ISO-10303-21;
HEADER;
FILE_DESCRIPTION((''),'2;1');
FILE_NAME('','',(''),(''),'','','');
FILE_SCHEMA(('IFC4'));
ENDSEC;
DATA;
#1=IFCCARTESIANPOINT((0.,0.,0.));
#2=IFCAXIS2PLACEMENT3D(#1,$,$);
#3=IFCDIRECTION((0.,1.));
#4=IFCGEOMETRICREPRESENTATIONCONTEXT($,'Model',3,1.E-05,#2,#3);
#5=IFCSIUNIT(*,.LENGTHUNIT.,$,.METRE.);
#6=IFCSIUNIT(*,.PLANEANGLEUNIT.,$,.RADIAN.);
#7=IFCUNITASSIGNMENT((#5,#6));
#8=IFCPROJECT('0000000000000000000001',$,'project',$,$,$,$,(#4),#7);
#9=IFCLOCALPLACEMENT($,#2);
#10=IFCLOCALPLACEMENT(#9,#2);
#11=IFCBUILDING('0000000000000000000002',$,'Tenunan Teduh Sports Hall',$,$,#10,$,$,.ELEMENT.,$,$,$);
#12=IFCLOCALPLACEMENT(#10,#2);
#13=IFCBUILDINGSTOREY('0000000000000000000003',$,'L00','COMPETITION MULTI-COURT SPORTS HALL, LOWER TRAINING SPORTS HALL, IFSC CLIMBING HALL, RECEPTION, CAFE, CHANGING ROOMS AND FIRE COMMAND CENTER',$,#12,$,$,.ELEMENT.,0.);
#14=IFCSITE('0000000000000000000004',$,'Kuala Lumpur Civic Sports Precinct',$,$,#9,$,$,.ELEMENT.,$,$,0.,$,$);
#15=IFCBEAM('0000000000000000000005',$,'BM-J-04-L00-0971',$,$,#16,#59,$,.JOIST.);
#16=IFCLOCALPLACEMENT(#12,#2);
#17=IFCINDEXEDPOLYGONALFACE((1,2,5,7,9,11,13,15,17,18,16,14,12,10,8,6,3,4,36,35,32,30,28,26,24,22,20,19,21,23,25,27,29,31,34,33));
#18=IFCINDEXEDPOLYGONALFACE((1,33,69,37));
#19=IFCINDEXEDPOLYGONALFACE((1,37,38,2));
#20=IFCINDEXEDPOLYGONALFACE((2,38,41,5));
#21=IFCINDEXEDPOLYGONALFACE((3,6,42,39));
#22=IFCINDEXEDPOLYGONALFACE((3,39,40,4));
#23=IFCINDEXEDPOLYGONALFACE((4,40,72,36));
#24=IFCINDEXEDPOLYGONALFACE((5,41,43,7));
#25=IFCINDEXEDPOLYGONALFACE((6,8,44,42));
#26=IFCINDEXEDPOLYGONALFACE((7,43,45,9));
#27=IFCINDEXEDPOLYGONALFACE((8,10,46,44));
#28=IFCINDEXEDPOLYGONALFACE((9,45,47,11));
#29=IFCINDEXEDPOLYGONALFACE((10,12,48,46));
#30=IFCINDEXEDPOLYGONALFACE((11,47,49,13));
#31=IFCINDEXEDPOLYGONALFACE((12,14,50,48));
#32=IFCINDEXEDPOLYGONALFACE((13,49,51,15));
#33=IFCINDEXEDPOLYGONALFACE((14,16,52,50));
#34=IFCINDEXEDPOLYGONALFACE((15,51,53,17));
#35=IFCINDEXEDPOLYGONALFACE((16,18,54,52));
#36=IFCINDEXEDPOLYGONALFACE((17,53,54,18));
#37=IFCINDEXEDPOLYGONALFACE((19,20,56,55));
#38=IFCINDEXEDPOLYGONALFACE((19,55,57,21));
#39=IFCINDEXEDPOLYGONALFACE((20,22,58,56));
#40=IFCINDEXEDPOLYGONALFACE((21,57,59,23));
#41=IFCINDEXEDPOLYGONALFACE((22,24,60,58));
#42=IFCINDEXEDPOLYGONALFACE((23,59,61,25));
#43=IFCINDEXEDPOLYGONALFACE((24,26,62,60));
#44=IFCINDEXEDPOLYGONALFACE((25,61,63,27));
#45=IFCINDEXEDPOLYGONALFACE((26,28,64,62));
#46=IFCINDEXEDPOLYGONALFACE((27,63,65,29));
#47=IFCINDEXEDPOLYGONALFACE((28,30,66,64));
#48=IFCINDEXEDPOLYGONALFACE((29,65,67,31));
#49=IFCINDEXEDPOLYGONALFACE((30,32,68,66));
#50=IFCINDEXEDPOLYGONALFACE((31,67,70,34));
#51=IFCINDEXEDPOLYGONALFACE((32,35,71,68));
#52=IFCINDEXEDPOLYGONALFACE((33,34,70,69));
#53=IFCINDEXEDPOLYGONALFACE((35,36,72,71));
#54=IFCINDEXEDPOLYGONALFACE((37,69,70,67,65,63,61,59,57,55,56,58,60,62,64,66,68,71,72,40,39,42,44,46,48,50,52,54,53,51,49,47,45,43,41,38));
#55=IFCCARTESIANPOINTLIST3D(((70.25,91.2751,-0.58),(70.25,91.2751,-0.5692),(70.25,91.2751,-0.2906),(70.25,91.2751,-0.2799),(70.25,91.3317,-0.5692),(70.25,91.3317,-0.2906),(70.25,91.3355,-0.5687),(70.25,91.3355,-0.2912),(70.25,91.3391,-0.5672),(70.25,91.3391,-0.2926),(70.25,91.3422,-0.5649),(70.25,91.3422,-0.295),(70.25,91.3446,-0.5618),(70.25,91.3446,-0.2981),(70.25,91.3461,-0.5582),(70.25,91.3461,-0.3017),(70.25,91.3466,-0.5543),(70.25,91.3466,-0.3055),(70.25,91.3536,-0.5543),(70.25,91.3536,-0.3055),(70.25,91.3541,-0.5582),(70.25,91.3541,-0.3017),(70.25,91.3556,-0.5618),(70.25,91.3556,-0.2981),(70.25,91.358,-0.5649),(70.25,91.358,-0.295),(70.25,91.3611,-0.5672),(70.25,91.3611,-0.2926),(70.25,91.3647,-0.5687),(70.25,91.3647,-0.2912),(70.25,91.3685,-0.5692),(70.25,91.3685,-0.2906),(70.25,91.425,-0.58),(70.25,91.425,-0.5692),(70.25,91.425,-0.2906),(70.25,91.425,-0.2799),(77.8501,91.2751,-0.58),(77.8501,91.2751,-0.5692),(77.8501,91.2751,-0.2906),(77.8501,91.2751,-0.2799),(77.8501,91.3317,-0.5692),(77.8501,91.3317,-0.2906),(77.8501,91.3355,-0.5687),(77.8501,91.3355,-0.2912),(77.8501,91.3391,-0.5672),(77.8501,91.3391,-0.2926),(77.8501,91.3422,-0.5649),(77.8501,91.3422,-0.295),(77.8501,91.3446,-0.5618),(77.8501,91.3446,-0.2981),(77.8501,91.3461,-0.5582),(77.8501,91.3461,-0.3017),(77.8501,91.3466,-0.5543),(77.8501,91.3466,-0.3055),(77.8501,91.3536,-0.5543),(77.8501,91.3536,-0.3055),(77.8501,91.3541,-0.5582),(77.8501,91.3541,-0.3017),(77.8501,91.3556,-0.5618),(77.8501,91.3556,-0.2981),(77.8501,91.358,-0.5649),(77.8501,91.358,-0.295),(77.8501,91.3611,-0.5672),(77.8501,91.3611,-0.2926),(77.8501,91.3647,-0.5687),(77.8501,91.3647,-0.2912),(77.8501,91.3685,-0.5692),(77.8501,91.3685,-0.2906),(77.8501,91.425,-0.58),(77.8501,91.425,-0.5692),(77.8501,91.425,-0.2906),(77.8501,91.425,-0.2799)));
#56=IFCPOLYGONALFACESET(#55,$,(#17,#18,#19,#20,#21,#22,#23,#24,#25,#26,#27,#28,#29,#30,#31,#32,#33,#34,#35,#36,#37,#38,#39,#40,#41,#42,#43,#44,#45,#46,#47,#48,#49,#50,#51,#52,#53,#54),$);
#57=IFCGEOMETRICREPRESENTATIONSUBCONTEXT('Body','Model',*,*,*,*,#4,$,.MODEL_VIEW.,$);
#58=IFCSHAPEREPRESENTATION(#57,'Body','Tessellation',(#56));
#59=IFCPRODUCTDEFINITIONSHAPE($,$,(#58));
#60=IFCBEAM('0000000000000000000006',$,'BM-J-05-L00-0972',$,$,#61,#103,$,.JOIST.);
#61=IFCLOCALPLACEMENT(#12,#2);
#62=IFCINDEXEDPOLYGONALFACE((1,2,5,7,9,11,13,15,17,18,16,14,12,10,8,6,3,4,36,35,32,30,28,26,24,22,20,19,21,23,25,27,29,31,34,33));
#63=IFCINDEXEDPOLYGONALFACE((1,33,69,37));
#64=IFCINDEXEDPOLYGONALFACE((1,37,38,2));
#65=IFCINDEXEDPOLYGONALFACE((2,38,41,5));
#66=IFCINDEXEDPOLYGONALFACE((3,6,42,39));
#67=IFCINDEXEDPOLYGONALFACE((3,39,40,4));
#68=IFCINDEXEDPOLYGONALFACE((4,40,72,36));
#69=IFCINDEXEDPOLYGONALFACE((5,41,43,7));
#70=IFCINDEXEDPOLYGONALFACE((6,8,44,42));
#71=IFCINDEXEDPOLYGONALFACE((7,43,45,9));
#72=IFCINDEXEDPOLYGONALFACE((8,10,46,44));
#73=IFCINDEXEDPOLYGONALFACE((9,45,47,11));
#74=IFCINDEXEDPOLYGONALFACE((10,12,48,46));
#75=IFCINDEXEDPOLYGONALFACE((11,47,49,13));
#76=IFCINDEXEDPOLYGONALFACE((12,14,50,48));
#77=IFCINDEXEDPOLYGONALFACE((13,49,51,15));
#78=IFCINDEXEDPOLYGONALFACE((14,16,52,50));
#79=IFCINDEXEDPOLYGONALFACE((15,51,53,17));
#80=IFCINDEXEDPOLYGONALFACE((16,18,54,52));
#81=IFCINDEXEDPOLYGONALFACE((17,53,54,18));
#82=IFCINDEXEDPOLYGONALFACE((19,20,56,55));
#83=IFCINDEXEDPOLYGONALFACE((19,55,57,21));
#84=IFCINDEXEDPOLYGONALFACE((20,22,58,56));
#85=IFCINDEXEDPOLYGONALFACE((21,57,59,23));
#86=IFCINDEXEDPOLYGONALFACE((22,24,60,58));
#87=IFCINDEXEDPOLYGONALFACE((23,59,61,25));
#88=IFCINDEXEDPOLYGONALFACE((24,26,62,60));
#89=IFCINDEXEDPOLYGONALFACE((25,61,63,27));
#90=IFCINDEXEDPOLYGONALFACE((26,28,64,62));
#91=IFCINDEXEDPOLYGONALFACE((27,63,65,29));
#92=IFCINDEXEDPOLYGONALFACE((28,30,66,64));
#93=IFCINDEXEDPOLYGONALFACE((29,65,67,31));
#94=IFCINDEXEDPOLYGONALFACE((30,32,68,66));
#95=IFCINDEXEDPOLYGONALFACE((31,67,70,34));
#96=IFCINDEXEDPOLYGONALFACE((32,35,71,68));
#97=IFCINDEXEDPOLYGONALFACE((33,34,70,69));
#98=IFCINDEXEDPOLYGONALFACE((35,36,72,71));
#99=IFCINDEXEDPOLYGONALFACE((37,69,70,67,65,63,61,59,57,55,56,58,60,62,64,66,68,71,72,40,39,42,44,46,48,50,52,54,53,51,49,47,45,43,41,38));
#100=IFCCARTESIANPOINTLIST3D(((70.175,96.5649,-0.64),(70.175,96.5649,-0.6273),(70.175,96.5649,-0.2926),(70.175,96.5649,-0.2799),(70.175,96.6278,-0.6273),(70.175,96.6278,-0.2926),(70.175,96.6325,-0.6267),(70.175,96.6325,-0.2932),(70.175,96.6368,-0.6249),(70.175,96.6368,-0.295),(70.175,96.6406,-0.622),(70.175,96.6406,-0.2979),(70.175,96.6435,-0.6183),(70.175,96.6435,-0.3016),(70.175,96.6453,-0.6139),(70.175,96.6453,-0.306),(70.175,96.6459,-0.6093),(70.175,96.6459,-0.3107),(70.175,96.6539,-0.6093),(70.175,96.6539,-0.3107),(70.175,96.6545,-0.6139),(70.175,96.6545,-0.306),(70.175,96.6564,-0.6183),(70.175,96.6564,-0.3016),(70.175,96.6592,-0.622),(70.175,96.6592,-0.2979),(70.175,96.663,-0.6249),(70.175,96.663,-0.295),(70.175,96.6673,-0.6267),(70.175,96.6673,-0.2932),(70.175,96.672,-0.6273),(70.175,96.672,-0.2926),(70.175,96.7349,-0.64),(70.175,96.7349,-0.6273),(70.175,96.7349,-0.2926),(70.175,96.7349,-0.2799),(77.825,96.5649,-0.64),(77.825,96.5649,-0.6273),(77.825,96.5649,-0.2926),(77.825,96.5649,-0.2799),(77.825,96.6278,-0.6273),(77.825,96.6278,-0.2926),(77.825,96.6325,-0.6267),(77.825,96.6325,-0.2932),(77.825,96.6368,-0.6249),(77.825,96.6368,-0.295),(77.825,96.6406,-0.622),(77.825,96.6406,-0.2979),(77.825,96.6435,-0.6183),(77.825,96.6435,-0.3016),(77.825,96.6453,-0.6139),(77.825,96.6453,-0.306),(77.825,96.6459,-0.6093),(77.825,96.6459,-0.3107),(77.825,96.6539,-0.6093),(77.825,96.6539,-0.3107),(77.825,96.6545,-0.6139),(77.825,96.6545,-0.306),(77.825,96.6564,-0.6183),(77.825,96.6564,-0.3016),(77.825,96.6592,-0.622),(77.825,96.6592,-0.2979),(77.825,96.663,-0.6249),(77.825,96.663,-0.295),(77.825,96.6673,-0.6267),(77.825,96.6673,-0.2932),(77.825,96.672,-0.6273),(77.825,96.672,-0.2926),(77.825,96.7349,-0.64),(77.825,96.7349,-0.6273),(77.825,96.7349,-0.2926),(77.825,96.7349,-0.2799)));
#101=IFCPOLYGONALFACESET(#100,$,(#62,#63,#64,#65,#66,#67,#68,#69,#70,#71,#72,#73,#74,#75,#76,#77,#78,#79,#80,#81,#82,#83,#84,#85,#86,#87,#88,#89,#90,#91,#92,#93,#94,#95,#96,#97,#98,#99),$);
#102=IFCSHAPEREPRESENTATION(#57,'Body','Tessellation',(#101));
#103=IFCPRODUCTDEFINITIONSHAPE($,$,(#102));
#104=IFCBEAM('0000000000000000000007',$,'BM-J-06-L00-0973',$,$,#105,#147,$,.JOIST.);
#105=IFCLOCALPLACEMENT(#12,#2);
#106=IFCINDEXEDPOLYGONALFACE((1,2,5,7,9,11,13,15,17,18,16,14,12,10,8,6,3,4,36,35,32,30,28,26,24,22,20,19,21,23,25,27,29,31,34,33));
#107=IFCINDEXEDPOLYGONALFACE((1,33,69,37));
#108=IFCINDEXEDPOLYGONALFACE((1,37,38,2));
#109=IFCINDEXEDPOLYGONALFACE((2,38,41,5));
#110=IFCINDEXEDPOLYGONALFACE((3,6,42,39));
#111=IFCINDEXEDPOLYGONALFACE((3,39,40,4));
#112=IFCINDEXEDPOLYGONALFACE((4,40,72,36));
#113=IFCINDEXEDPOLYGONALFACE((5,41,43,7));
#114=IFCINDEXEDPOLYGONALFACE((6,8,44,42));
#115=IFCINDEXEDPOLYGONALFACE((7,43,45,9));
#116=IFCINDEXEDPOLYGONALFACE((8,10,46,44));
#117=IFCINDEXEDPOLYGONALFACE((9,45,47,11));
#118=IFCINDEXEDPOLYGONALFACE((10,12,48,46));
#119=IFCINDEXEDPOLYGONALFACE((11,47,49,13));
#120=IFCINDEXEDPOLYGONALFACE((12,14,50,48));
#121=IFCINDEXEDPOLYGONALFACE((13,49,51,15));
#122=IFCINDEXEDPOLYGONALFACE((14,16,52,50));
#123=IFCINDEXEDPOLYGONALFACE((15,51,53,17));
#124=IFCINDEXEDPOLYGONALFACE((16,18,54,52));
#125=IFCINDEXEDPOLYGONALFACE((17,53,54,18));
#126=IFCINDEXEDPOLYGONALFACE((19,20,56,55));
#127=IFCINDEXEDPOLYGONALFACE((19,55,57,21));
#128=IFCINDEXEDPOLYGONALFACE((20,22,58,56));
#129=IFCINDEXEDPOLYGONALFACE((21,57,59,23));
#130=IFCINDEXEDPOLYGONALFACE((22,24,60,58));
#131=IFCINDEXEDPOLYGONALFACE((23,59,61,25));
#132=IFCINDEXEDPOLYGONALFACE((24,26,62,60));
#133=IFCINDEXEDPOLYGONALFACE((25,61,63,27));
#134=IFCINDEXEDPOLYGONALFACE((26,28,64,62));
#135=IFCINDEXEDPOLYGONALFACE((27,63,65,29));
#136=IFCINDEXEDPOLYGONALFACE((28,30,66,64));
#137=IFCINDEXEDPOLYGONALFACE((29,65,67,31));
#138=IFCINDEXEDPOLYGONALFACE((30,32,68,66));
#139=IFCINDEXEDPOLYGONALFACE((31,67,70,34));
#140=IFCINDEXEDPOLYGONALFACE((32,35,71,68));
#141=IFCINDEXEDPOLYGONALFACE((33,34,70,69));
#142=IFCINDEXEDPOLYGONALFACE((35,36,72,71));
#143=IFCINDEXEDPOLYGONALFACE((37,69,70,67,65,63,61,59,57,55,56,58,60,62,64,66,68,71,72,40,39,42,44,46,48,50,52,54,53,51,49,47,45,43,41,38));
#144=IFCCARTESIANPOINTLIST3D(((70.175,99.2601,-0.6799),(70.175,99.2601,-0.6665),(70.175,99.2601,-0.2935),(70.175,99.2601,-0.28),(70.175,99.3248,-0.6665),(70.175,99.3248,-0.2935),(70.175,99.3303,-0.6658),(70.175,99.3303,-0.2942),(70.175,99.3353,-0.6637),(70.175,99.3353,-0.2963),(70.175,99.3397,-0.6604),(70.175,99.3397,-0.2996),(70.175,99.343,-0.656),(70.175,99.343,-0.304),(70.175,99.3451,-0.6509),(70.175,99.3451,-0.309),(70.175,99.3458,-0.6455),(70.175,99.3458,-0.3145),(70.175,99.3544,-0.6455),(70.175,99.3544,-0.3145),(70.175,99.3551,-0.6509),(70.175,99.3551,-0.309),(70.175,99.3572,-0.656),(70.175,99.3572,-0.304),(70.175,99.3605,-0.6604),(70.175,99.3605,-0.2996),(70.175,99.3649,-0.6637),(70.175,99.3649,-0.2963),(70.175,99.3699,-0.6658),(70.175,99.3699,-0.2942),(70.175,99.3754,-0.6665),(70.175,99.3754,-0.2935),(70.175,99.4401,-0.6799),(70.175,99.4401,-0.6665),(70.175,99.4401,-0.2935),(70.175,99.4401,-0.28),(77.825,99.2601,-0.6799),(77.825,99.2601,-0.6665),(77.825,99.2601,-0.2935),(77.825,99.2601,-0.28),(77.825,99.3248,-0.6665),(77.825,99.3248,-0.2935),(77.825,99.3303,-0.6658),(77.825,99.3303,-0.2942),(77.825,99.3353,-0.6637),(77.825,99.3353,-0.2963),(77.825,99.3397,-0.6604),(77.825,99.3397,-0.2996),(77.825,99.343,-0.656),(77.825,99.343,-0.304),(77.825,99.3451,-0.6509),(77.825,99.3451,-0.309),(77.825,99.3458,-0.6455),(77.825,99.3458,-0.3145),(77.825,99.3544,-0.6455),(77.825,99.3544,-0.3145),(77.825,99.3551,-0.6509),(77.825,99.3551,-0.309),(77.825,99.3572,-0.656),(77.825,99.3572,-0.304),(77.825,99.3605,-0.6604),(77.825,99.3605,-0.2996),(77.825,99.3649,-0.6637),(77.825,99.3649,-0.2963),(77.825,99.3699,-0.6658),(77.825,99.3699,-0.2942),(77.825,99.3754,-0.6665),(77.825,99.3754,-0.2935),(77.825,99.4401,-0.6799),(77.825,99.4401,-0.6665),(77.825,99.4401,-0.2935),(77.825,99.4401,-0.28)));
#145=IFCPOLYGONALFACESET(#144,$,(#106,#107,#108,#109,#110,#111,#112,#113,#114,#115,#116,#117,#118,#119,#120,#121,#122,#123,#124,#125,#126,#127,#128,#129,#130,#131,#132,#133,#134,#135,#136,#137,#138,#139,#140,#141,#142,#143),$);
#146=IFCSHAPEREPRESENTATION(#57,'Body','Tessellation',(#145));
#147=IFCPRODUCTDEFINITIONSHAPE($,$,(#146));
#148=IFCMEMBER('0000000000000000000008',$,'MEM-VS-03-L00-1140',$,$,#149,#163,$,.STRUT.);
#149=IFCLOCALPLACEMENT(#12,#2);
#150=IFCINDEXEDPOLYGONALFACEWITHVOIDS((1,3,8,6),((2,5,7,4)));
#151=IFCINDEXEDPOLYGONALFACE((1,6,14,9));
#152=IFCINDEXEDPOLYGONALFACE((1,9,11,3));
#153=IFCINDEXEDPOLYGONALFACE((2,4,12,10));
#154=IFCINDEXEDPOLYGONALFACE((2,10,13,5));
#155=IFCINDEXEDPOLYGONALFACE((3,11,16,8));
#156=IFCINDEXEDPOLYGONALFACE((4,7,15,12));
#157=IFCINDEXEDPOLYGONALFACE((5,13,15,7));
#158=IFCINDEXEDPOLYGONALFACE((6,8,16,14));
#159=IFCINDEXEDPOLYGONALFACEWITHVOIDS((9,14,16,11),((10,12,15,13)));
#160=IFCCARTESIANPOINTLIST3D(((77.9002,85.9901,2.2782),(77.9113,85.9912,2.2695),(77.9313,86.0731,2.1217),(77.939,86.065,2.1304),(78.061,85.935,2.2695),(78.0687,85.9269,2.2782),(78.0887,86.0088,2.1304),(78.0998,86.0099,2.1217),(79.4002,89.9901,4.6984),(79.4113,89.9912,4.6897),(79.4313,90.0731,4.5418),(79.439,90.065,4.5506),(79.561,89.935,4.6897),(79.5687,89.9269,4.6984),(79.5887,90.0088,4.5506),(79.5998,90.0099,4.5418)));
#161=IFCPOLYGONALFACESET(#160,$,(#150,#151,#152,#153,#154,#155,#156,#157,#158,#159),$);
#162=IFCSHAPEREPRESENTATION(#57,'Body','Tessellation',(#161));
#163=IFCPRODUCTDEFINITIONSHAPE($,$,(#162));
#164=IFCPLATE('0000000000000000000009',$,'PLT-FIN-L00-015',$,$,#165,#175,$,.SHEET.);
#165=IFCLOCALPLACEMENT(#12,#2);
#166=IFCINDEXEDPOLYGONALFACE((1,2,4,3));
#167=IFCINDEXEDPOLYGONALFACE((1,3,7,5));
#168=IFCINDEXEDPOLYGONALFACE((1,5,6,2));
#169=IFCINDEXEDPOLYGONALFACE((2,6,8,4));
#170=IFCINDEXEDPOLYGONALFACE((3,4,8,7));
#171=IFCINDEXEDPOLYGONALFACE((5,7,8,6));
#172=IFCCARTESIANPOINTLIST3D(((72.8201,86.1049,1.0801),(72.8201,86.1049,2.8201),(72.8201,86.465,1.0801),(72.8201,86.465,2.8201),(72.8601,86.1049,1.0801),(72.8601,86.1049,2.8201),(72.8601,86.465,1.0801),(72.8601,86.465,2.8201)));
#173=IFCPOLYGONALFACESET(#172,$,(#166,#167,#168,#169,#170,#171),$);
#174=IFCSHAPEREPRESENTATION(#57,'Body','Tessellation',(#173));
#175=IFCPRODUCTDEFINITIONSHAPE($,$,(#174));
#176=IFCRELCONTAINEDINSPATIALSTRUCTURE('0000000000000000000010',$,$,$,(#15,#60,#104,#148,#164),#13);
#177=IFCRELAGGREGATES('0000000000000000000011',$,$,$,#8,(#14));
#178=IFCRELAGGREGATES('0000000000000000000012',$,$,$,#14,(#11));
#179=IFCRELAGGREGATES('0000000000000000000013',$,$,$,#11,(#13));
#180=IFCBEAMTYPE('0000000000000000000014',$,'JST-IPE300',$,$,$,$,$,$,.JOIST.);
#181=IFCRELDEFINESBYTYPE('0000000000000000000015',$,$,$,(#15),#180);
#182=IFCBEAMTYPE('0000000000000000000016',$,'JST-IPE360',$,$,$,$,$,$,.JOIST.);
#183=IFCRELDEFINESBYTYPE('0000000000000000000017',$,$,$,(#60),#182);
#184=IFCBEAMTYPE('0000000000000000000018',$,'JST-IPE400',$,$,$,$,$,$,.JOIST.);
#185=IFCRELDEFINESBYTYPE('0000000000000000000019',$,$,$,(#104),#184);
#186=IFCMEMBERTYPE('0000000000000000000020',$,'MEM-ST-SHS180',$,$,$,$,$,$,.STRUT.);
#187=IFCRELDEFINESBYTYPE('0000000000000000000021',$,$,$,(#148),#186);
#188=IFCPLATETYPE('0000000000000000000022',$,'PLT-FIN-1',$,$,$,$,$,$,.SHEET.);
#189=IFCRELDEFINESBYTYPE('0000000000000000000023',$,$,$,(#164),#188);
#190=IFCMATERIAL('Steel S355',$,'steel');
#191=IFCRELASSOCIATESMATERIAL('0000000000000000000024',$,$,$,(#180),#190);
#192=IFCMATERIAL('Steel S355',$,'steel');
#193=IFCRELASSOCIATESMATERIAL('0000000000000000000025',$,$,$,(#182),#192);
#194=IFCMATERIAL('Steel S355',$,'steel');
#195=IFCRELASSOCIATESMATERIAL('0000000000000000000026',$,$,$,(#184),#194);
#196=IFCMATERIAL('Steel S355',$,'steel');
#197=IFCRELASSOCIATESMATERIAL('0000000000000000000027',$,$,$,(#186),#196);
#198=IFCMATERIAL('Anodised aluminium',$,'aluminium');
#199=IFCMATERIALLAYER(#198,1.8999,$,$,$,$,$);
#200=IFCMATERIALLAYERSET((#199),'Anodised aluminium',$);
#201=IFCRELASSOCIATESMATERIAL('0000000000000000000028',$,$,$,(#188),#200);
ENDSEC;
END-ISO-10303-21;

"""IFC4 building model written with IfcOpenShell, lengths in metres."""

from ifc_helpers import new_model, si_unit, direction, frame, origin, origin_2d, place, context, subcontext, project, spatial, rectangle, hollow_rectangle, i_section, extrude, material, layer, layer_set, material_profile, profile_set, type_object, element, save


model = new_model("IFC4")

# Units and contexts
model_context = context("Model", 3, precision=1e-05, world=origin(), true_north=direction((0.0, 1.0)))
body_context = subcontext(model_context, "Body", "Model", "MODEL_VIEW")
ifc_project = project(units=[si_unit("LENGTHUNIT", "METRE"), si_unit("PLANEANGLEUNIT", "RADIAN")], contexts=[model_context])

# Site, building, storey
site_placement = place(None, origin())
site = spatial("IfcSite", under=ifc_project, at=site_placement, Name="Kuala Lumpur Civic Sports Precinct", CompositionType="ELEMENT", RefElevation=0.0)
building_placement = place(site_placement, origin())
building = spatial("IfcBuilding", under=site, at=building_placement, Name="Tenunan Teduh Sports Hall", CompositionType="ELEMENT")
storey_placement = place(building_placement, origin())
storey = spatial("IfcBuildingStorey", under=building, at=storey_placement, Name="L00", Description="COMPETITION MULTI-COURT SPORTS HALL, LOWER TRAINING SPORTS HALL, IFSC CLIMBING HALL, RECEPTION, CAFE, CHANGING ROOMS AND FIRE COMMAND CENTER", CompositionType="ELEMENT", Elevation=0.0)

# Beams
ifc_material_1 = material(Name="Steel S355", Category="steel")
ifc_material_profile_1 = material_profile(ifc_material_1, i_section(OverallWidth=0.1499, OverallDepth=0.3, WebThickness=0.0071, FlangeThickness=0.0107, FilletRadius=0.0149, at=origin_2d()), Name="IPE 300")
ifc_profile_set_1 = profile_set([ifc_material_profile_1], Name="Steel S355")
beam_type_1 = type_object("IfcBeamType", Name="JST-IPE300", PredefinedType="JOIST", material=ifc_profile_set_1)
beam_1_placement = place(storey_placement, frame((70.25, 91.3501, -0.4299), z_axis=(1.0, 0.0, 0.0), x_axis=(0.0, 1.0, 0.0)))
element("IfcBeam", 1, at=beam_1_placement, inside=storey, type_object=beam_type_1, Name="BM-J-04-L00-0971", PredefinedType="JOIST", context=body_context, shape_type="SweptSolid", body=[
    extrude(i_section(OverallWidth=0.1499, OverallDepth=0.3, WebThickness=0.0071, FlangeThickness=0.0107, FilletRadius=0.0149, at=origin_2d()), origin(), (0.0, 0.0, 1.0), 7.6001),
])
ifc_material_2 = material(Name="Steel S355", Category="steel")
ifc_material_profile_2 = material_profile(ifc_material_2, i_section(OverallWidth=0.1699, OverallDepth=0.3601, WebThickness=0.0081, FlangeThickness=0.0127, FilletRadius=0.0181, at=origin_2d()), Name="IPE 360")
ifc_profile_set_2 = profile_set([ifc_material_profile_2], Name="Steel S355")
beam_type_2 = type_object("IfcBeamType", Name="JST-IPE360", PredefinedType="JOIST", material=ifc_profile_set_2)
beam_2_placement = place(storey_placement, frame((70.175, 96.6499, -0.46), z_axis=(1.0, 0.0, 0.0), x_axis=(0.0, 1.0, 0.0)))
element("IfcBeam", 2, at=beam_2_placement, inside=storey, type_object=beam_type_2, Name="BM-J-05-L00-0972", PredefinedType="JOIST", context=body_context, shape_type="SweptSolid", body=[
    extrude(i_section(OverallWidth=0.1699, OverallDepth=0.3601, WebThickness=0.0081, FlangeThickness=0.0127, FilletRadius=0.0181, at=origin_2d()), origin(), (0.0, 0.0, 1.0), 7.6499),
])
ifc_material_3 = material(Name="Steel S355", Category="steel")
ifc_material_profile_3 = material_profile(ifc_material_3, i_section(OverallWidth=0.1799, OverallDepth=0.3999, WebThickness=0.0085, FlangeThickness=0.0134, FilletRadius=0.021, at=origin_2d()), Name="IPE 400")
ifc_profile_set_3 = profile_set([ifc_material_profile_3], Name="Steel S355")
beam_type_3 = type_object("IfcBeamType", Name="JST-IPE400", PredefinedType="JOIST", material=ifc_profile_set_3)
beam_3_placement = place(storey_placement, frame((70.175, 99.3501, -0.48), z_axis=(1.0, 0.0, 0.0), x_axis=(0.0, 1.0, 0.0)))
element("IfcBeam", 3, at=beam_3_placement, inside=storey, type_object=beam_type_3, Name="BM-J-06-L00-0973", PredefinedType="JOIST", context=body_context, shape_type="SweptSolid", body=[
    extrude(i_section(OverallWidth=0.1799, OverallDepth=0.3999, WebThickness=0.0085, FlangeThickness=0.0134, FilletRadius=0.021, at=origin_2d()), origin(), (0.0, 0.0, 1.0), 7.6499),
])

# Member
ifc_material_4 = material(Name="Steel S355", Category="steel")
ifc_material_profile_4 = material_profile(ifc_material_4, hollow_rectangle(XDim=0.1799, YDim=0.1799, WallThickness=0.01, at=origin_2d()), Name="SHS 180x180x10.0")
ifc_profile_set_4 = profile_set([ifc_material_profile_4], Name="Steel S355")
member_type = type_object("IfcMemberType", Name="MEM-ST-SHS180", PredefinedType="STRUT", material=ifc_profile_set_4)
member_placement = place(storey_placement, frame((78.0, 86.0, 2.2), z_axis=(0.305505, 0.814679, 0.492915), x_axis=(-0.936329, 0.351123, 0.0)))
element("IfcMember", 4, at=member_placement, inside=storey, type_object=member_type, Name="MEM-VS-03-L00-1140", PredefinedType="STRUT", context=body_context, shape_type="SweptSolid", body=[
    extrude(hollow_rectangle(XDim=0.1799, YDim=0.1799, WallThickness=0.01, at=origin_2d()), origin(), (0.0, 0.0, 1.0), 4.9099),
])

# Plate
ifc_material_5 = material(Name="Anodised aluminium", Category="aluminium")
ifc_layer_1 = layer(ifc_material_5, 1.8999)
ifc_layer_set_1 = layer_set([ifc_layer_1], Name="Anodised aluminium")
plate_type = type_object("IfcPlateType", Name="PLT-FIN-1", PredefinedType="SHEET", material=ifc_layer_set_1)
plate_1_placement = place(storey_placement, frame((72.8401, 86.2849, 1.0801), z_axis=(0.0, 0.0, 1.0), x_axis=(1.0, 0.0, 0.0)))
element("IfcPlate", 5, at=plate_1_placement, inside=storey, type_object=plate_type, Name="PLT-FIN-L00-015", PredefinedType="SHEET", context=body_context, shape_type="SweptSolid", body=[
    extrude(rectangle(XDim=0.04, YDim=0.3601, at=origin_2d()), origin(), (0.0, 0.0, 1.0), 1.74),
])

save(model, "model.ifc")
